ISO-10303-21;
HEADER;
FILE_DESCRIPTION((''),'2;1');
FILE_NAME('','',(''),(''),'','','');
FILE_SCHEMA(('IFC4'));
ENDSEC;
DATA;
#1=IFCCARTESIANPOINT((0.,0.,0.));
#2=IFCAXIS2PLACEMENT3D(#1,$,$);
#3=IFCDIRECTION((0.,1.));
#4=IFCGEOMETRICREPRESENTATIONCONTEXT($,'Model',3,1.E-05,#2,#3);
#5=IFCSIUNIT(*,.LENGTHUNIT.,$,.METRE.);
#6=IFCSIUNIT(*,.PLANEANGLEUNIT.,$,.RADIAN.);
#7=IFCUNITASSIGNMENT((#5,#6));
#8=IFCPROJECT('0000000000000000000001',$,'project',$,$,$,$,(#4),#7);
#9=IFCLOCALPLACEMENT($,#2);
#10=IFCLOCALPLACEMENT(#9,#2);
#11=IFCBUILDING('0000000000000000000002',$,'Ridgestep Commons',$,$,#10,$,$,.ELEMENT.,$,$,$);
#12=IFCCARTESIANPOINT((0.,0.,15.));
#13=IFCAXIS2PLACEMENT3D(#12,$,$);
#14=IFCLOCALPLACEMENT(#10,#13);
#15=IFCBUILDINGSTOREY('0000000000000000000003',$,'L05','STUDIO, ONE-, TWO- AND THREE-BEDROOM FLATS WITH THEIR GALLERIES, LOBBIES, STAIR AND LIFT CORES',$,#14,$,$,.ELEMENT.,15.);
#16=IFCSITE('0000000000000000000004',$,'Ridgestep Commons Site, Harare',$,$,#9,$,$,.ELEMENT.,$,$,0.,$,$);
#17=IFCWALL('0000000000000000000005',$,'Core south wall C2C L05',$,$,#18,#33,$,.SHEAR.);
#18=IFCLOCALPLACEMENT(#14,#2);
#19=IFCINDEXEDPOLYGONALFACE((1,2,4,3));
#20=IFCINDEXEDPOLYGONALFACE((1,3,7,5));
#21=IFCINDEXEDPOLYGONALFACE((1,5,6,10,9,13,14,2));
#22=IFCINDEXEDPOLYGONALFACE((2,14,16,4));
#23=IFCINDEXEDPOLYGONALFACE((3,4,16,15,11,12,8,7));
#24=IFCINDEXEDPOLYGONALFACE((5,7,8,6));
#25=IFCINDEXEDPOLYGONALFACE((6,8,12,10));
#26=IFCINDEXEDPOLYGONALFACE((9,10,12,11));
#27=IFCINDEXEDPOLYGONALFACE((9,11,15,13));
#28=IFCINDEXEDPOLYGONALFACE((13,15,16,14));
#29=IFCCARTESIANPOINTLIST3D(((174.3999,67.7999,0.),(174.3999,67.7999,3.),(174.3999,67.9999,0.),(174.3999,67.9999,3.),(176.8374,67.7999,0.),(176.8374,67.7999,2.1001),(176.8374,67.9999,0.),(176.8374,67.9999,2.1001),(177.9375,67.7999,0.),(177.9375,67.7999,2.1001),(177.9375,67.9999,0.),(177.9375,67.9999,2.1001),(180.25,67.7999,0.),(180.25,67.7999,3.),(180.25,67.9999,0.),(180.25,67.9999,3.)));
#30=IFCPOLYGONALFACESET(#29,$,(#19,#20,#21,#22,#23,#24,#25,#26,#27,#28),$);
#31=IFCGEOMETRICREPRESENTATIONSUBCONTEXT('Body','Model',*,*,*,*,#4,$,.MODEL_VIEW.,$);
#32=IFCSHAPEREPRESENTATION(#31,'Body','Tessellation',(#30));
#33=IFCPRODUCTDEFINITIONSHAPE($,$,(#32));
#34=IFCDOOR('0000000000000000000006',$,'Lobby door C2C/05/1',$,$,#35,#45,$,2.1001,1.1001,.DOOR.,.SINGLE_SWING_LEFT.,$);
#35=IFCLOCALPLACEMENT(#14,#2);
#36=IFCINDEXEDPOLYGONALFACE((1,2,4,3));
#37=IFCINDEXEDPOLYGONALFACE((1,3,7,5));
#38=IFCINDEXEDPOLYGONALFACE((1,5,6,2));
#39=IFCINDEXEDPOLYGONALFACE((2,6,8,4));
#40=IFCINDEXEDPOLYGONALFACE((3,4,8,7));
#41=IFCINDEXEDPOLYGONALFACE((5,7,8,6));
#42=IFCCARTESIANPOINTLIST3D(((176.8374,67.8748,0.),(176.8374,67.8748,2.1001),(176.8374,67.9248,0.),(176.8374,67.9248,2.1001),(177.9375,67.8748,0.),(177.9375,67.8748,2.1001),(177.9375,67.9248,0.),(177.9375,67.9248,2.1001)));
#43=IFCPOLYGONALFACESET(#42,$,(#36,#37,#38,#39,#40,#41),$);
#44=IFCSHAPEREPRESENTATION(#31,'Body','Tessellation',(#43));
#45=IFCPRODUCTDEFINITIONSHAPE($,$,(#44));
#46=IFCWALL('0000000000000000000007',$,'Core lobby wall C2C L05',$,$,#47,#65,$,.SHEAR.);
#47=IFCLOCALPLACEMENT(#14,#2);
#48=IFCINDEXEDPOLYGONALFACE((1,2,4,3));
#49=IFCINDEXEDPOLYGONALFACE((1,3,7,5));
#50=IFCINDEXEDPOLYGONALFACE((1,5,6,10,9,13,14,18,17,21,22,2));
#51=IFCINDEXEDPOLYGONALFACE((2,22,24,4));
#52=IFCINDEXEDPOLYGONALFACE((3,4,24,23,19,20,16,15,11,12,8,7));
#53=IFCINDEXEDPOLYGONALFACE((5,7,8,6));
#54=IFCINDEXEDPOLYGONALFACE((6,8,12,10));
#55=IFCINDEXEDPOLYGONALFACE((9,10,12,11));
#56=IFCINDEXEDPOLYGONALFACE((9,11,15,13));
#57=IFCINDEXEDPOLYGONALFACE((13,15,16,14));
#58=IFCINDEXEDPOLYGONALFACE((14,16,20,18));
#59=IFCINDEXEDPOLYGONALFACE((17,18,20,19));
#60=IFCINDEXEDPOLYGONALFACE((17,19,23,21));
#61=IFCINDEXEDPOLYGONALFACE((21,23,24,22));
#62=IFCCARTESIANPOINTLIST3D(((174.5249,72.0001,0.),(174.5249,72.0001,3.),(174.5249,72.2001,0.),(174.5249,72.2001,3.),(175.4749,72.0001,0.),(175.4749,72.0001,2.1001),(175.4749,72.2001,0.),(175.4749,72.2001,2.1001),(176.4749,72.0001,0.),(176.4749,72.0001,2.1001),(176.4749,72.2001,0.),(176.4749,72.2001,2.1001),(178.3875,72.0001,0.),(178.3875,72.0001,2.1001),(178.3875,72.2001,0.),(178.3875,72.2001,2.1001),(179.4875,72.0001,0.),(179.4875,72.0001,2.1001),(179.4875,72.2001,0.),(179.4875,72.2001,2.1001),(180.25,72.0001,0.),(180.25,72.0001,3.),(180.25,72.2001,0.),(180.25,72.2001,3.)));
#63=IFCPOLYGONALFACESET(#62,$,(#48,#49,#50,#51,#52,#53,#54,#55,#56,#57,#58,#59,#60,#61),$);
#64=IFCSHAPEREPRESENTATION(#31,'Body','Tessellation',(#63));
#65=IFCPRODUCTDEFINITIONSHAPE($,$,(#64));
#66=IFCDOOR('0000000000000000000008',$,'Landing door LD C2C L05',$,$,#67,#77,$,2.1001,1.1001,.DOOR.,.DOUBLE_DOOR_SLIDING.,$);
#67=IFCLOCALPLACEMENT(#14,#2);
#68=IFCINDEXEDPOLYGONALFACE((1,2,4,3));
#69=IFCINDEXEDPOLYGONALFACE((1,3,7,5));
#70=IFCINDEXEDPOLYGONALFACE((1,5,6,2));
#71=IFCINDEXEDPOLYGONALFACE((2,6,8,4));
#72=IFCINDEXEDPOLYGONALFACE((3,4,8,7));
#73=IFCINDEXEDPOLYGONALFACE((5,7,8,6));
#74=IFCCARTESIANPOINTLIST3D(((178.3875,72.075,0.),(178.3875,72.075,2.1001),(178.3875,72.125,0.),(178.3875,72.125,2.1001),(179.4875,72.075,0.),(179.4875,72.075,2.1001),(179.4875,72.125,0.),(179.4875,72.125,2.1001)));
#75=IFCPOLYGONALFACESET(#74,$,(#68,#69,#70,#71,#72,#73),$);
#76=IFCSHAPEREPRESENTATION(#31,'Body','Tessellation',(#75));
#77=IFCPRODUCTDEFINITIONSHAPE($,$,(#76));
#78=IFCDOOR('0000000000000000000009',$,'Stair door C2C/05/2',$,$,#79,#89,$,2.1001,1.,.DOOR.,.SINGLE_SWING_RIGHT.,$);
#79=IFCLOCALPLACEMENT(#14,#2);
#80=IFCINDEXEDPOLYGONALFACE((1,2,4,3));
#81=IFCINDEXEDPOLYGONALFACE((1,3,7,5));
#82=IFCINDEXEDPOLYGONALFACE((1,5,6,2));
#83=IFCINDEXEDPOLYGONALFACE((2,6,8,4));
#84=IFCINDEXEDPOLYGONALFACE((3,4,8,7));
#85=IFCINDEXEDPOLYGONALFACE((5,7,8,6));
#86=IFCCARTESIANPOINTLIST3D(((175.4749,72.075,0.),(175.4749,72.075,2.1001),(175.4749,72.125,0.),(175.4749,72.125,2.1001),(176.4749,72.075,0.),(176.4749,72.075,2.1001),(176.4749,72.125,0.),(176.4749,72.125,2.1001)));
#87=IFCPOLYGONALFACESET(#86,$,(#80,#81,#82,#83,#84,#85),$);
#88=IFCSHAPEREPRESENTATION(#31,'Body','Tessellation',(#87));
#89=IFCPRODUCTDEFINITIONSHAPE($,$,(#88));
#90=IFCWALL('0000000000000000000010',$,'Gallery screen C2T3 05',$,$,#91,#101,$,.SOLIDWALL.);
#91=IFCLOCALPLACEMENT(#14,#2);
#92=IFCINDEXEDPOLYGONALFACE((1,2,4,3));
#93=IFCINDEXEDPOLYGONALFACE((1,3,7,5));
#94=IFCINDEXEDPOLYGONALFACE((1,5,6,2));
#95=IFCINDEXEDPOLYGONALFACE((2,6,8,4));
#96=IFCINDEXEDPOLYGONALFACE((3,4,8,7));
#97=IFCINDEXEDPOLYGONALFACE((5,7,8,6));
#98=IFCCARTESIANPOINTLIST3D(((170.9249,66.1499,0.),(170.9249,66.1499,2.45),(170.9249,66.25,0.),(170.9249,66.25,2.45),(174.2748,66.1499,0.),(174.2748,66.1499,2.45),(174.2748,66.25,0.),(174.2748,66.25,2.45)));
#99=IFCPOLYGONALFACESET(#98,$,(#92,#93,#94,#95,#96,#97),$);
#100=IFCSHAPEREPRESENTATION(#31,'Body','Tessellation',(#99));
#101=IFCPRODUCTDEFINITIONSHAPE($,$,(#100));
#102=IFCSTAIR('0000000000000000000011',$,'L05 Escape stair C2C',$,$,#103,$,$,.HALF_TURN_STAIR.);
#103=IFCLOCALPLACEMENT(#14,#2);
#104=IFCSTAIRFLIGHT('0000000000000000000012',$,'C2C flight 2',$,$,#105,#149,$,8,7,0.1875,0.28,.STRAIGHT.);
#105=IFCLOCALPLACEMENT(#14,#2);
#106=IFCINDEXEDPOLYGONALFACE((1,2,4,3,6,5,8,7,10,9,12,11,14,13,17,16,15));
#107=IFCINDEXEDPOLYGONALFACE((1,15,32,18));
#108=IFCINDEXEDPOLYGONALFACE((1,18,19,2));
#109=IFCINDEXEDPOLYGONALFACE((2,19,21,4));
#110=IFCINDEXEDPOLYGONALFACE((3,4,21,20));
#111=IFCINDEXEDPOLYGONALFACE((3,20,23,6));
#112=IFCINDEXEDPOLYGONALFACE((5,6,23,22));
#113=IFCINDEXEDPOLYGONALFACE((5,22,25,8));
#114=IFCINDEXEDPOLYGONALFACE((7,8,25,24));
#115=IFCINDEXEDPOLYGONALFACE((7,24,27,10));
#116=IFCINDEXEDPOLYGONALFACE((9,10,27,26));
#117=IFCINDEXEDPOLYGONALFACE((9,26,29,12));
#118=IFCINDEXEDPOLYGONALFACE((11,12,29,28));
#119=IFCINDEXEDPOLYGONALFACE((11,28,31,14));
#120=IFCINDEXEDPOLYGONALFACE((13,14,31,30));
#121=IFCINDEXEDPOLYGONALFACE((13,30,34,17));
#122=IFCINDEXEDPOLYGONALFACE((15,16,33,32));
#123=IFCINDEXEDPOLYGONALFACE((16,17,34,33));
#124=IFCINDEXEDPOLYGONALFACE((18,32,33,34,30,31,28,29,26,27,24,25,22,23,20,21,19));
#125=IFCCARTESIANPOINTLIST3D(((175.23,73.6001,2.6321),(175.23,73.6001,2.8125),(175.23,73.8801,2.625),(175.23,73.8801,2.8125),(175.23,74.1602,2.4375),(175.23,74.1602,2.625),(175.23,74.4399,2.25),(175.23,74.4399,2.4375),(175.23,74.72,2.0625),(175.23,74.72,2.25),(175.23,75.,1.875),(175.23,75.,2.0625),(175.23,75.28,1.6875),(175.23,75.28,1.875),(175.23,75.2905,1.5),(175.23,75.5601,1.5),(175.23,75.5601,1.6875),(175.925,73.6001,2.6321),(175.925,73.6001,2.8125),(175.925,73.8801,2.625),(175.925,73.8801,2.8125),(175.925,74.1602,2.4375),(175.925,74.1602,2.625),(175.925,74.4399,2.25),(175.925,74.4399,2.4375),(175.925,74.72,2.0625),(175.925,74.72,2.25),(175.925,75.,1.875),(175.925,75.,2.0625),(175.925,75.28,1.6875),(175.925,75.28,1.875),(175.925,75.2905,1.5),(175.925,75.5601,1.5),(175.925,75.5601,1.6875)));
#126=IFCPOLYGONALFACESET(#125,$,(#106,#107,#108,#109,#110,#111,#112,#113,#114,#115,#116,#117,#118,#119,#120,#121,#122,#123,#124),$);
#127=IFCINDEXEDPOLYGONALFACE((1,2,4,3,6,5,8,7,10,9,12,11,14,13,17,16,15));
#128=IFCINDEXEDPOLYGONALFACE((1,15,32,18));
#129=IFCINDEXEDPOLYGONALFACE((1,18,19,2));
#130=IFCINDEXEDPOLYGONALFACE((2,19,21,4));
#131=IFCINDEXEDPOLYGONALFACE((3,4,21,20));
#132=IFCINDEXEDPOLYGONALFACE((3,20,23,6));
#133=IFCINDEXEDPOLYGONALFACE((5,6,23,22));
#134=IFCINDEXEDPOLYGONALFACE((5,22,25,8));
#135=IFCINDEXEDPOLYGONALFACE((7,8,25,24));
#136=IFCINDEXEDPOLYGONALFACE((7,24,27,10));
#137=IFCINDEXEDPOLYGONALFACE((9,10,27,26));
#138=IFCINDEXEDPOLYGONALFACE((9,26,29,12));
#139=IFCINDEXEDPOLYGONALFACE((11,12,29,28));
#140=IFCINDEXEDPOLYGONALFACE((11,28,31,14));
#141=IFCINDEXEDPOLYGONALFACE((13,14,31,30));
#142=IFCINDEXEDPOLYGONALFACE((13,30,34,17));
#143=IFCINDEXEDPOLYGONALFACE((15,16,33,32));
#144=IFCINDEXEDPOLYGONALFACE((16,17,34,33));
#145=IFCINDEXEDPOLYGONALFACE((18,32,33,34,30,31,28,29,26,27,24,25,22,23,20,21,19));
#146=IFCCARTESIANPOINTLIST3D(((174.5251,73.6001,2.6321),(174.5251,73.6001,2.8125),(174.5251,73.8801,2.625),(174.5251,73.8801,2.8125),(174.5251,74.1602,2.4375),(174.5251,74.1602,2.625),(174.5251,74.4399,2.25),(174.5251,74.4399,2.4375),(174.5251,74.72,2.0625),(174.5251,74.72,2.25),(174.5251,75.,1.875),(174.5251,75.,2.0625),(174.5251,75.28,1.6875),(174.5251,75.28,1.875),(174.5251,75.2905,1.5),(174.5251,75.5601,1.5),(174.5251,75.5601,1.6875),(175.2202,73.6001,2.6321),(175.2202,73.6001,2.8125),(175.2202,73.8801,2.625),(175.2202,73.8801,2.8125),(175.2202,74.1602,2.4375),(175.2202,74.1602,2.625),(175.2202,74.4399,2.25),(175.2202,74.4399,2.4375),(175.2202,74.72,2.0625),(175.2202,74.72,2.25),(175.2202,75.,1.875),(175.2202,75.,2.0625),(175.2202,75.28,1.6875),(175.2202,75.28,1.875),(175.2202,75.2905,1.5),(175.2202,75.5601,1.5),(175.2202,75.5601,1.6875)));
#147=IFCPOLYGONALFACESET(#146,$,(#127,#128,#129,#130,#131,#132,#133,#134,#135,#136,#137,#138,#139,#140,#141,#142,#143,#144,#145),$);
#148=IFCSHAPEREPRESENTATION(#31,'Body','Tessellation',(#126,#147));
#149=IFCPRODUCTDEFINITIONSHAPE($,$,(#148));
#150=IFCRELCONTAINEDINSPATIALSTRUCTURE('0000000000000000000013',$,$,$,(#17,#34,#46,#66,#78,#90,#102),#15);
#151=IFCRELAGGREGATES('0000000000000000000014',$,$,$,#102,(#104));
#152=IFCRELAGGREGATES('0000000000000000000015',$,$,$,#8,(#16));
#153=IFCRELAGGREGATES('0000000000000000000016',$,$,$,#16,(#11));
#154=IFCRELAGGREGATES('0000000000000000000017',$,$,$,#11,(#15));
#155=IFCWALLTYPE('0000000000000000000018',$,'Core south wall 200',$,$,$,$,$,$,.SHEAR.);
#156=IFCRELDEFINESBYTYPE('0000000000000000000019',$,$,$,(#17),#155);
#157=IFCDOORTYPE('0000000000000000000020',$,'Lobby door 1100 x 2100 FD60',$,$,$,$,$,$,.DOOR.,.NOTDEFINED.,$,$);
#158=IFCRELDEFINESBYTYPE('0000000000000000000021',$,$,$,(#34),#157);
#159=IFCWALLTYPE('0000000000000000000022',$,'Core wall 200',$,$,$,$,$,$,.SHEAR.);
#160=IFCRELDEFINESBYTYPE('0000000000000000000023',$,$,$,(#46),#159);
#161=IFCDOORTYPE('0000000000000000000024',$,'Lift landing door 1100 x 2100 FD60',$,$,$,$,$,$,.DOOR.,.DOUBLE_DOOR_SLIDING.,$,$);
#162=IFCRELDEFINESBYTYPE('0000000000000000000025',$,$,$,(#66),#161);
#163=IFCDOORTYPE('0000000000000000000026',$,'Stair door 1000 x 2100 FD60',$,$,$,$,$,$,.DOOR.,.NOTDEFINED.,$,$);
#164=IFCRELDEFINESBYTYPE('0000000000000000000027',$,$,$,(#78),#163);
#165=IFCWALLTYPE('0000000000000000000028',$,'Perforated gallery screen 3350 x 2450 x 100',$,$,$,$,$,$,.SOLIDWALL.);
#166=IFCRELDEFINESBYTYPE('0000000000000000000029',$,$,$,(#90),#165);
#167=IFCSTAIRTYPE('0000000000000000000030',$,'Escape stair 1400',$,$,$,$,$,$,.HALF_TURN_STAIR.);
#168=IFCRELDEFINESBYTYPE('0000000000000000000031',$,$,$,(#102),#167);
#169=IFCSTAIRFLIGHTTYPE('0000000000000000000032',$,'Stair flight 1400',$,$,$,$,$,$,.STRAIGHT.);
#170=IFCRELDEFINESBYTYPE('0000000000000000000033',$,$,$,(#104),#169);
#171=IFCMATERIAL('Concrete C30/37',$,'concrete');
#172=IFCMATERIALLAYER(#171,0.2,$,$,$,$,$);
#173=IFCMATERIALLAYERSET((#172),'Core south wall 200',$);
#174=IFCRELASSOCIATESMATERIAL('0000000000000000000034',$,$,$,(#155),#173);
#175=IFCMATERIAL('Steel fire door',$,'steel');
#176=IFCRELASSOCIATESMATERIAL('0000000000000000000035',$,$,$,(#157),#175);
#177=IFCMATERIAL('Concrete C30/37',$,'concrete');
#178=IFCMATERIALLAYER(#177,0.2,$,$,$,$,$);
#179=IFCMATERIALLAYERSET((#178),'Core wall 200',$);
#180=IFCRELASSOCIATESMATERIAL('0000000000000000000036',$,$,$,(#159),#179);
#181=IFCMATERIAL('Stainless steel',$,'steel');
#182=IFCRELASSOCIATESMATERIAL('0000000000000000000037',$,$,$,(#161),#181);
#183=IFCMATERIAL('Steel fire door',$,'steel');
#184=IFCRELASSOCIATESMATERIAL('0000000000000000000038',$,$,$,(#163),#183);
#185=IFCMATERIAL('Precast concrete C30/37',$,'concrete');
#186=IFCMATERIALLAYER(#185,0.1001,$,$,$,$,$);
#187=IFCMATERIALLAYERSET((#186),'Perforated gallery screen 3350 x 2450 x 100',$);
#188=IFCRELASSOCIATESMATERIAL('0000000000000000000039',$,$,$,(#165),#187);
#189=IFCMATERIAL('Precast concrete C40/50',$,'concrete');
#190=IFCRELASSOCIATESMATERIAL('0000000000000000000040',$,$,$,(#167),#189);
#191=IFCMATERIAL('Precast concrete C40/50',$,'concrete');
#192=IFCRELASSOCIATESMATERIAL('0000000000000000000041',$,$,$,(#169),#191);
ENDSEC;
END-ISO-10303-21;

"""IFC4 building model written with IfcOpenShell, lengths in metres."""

from ifc_helpers import new_model, si_unit, direction, frame, frame_2d, origin, place, context, subcontext, project, spatial, polyline, rectangle, outline, extrude, material, layer, layer_set, type_object, element, fill, aggregate, save


model = new_model("IFC4")

# Units and contexts
model_context = context("Model", 3, precision=1e-05, world=origin(), true_north=direction((0.0, 1.0)))
body_context = subcontext(model_context, "Body", "Model", "MODEL_VIEW")
ifc_project = project(units=[si_unit("LENGTHUNIT", "METRE"), si_unit("PLANEANGLEUNIT", "RADIAN")], contexts=[model_context])

# Site, building, storey
site_placement = place(None, origin())
site = spatial("IfcSite", under=ifc_project, at=site_placement, Name="Ridgestep Commons Site, Harare", CompositionType="ELEMENT", RefElevation=0.0)
building_placement = place(site_placement, origin())
building = spatial("IfcBuilding", under=site, at=building_placement, Name="Ridgestep Commons", CompositionType="ELEMENT")
storey_placement = place(building_placement, frame((0.0, 0.0, 15.0)))
storey = spatial("IfcBuildingStorey", under=building, at=storey_placement, Name="L05", Description="STUDIO, ONE-, TWO- AND THREE-BEDROOM FLATS WITH THEIR GALLERIES, LOBBIES, STAIR AND LIFT CORES", CompositionType="ELEMENT", Elevation=15.0)

# Wall, opening, door
ifc_material_1 = material(Name="Concrete C30/37", Category="concrete")
ifc_layer_1 = layer(ifc_material_1, 0.2)
ifc_layer_set_1 = layer_set([ifc_layer_1], Name="Core south wall 200")
wall_type_1 = type_object("IfcWallType", Name="Core south wall 200", PredefinedType="SHEAR", material=ifc_layer_set_1)
wall_1_placement = place(storey_placement, frame((174.3999, 67.8999, 0.0), z_axis=(0.0, 0.0, 1.0), x_axis=(1.0, 0.0, 0.0)))
wall_1 = element("IfcWall", 1, at=wall_1_placement, inside=storey, type_object=wall_type_1, Name="Core south wall C2C L05", PredefinedType="SHEAR", context=body_context, shape_type="SweptSolid", body=[
    extrude(rectangle(XDim=5.8501, YDim=0.2, at=frame_2d((2.925, 0.0))), origin(), (0.0, 0.0, 1.0), 3.0),
])
opening_1_placement = place(wall_1_placement, frame((2.4375, 0.0, 0.0)))
opening_1 = element("IfcOpeningElement", 2, at=opening_1_placement, cuts=wall_1, PredefinedType="OPENING", context=body_context, shape_type="SweptSolid", body=[
    extrude(rectangle(XDim=1.1001, YDim=2.1001, at=frame_2d((0.55, 1.05))), frame((0.0, 0.1099, 0.0), z_axis=(0.0, -1.0, 0.0), x_axis=(1.0, 0.0, 0.0)), (0.0, 0.0, 1.0), 0.22),
])
ifc_material_2 = material(Name="Steel fire door", Category="steel")
door_type_1 = type_object("IfcDoorType", Name="Lobby door 1100 x 2100 FD60", OperationType="NOTDEFINED", PredefinedType="DOOR", material=ifc_material_2)
door_1_placement = place(opening_1_placement, origin())
door_1 = element("IfcDoor", 3, at=door_1_placement, inside=storey, type_object=door_type_1, Name="Lobby door C2C/05/1", OperationType="SINGLE_SWING_LEFT", OverallHeight=2.1001, OverallWidth=1.1001, PredefinedType="DOOR", context=body_context, shape_type="SweptSolid", body=[
    extrude(rectangle(XDim=1.1001, YDim=2.1001, at=frame_2d((0.55, 1.05))), frame((0.0, 0.0249, 0.0), z_axis=(0.0, -1.0, 0.0), x_axis=(1.0, 0.0, 0.0)), (0.0, 0.0, 1.0), 0.05),
])
fill(opening_1, door_1)

# Wall, openings, doors
ifc_material_3 = material(Name="Concrete C30/37", Category="concrete")
ifc_layer_2 = layer(ifc_material_3, 0.2)
ifc_layer_set_2 = layer_set([ifc_layer_2], Name="Core wall 200")
wall_type_2 = type_object("IfcWallType", Name="Core wall 200", PredefinedType="SHEAR", material=ifc_layer_set_2)
wall_2_placement = place(storey_placement, frame((174.5249, 72.1001, 0.0), z_axis=(0.0, 0.0, 1.0), x_axis=(1.0, 0.0, 0.0)))
wall_2 = element("IfcWall", 4, at=wall_2_placement, inside=storey, type_object=wall_type_2, Name="Core lobby wall C2C L05", PredefinedType="SHEAR", context=body_context, shape_type="SweptSolid", body=[
    extrude(rectangle(XDim=5.7251, YDim=0.2, at=frame_2d((2.8625, 0.0))), origin(), (0.0, 0.0, 1.0), 3.0),
])
opening_2_placement = place(wall_2_placement, frame((0.95, 0.0, 0.0)))
opening_2 = element("IfcOpeningElement", 5, at=opening_2_placement, cuts=wall_2, PredefinedType="OPENING", context=body_context, shape_type="SweptSolid", body=[
    extrude(rectangle(XDim=1.0, YDim=2.1001, at=frame_2d((0.5, 1.05))), frame((0.0, 0.1099, 0.0), z_axis=(0.0, -1.0, 0.0), x_axis=(1.0, 0.0, 0.0)), (0.0, 0.0, 1.0), 0.22),
])
opening_3_placement = place(wall_2_placement, frame((3.8625, 0.0, 0.0)))
opening_3 = element("IfcOpeningElement", 6, at=opening_3_placement, cuts=wall_2, PredefinedType="OPENING", context=body_context, shape_type="SweptSolid", body=[
    extrude(rectangle(XDim=1.1001, YDim=2.1001, at=frame_2d((0.55, 1.05))), frame((0.0, 0.1099, 0.0), z_axis=(0.0, -1.0, 0.0), x_axis=(1.0, 0.0, 0.0)), (0.0, 0.0, 1.0), 0.22),
])
ifc_material_4 = material(Name="Stainless steel", Category="steel")
door_type_2 = type_object("IfcDoorType", Name="Lift landing door 1100 x 2100 FD60", OperationType="DOUBLE_DOOR_SLIDING", PredefinedType="DOOR", material=ifc_material_4)
door_2_placement = place(opening_3_placement, origin())
door_2 = element("IfcDoor", 7, at=door_2_placement, inside=storey, type_object=door_type_2, Name="Landing door LD C2C L05", OperationType="DOUBLE_DOOR_SLIDING", OverallHeight=2.1001, OverallWidth=1.1001, PredefinedType="DOOR", context=body_context, shape_type="SweptSolid", body=[
    extrude(rectangle(XDim=1.1001, YDim=2.1001, at=frame_2d((0.55, 1.05))), frame((0.0, 0.0249, 0.0), z_axis=(0.0, -1.0, 0.0), x_axis=(1.0, 0.0, 0.0)), (0.0, 0.0, 1.0), 0.05),
])
fill(opening_3, door_2)
ifc_material_5 = material(Name="Steel fire door", Category="steel")
door_type_3 = type_object("IfcDoorType", Name="Stair door 1000 x 2100 FD60", OperationType="NOTDEFINED", PredefinedType="DOOR", material=ifc_material_5)
door_3_placement = place(opening_2_placement, origin())
door_3 = element("IfcDoor", 8, at=door_3_placement, inside=storey, type_object=door_type_3, Name="Stair door C2C/05/2", OperationType="SINGLE_SWING_RIGHT", OverallHeight=2.1001, OverallWidth=1.0, PredefinedType="DOOR", context=body_context, shape_type="SweptSolid", body=[
    extrude(rectangle(XDim=1.0, YDim=2.1001, at=frame_2d((0.5, 1.05))), frame((0.0, 0.0249, 0.0), z_axis=(0.0, -1.0, 0.0), x_axis=(1.0, 0.0, 0.0)), (0.0, 0.0, 1.0), 0.05),
])
fill(opening_2, door_3)

# Wall
ifc_material_6 = material(Name="Precast concrete C30/37", Category="concrete")
ifc_layer_3 = layer(ifc_material_6, 0.1001)
ifc_layer_set_3 = layer_set([ifc_layer_3], Name="Perforated gallery screen 3350 x 2450 x 100")
wall_type_3 = type_object("IfcWallType", Name="Perforated gallery screen 3350 x 2450 x 100", PredefinedType="SOLIDWALL", material=ifc_layer_set_3)
wall_3_placement = place(storey_placement, frame((170.925, 66.2, 0.0), z_axis=(0.0, 0.0, 1.0), x_axis=(1.0, 0.0, 0.0)))
element("IfcWall", 9, at=wall_3_placement, inside=storey, type_object=wall_type_3, Name="Gallery screen C2T3 05", PredefinedType="SOLIDWALL", context=body_context, shape_type="SweptSolid", body=[
    extrude(rectangle(XDim=3.3499, YDim=0.1001, at=frame_2d((1.6748, 0.0))), origin(), (0.0, 0.0, 1.0), 2.45),
])

# Stair, stair flight
ifc_material_7 = material(Name="Precast concrete C40/50", Category="concrete")
stair_type = type_object("IfcStairType", Name="Escape stair 1400", PredefinedType="HALF_TURN_STAIR", material=ifc_material_7)
stair_placement = place(storey_placement, origin())
stair = element("IfcStair", 10, at=stair_placement, inside=storey, type_object=stair_type, Name="L05 Escape stair C2C", PredefinedType="HALF_TURN_STAIR")
ifc_material_8 = material(Name="Precast concrete C40/50", Category="concrete")
stair_flight_type = type_object("IfcStairFlightType", Name="Stair flight 1400", PredefinedType="STRAIGHT", material=ifc_material_8)
stair_flight_placement = place(storey_placement, frame((175.2251, 75.5601, 1.5), z_axis=(0.0, 0.0, 1.0), x_axis=(0.0, -1.0, 0.0)))
stair_flight = element("IfcStairFlight", 11, at=stair_flight_placement, type_object=stair_flight_type, Name="C2C flight 2", NumberOfRisers=8, NumberOfTreads=7, PredefinedType="STRAIGHT", RiserHeight=0.1875, TreadLength=0.28, context=body_context, shape_type="SweptSolid", body=[
    extrude(outline(polyline([(0.0, 0.0), (0.0, 0.1875), (0.28, 0.1875), (0.28, 0.375), (0.5601, 0.375), (0.5601, 0.5625), (0.8401, 0.5625), (0.8401, 0.75), (1.1201, 0.75), (1.1201, 0.9375), (1.3999, 0.9375), (1.3999, 1.125), (1.6799, 1.125), (1.6799, 1.3125), (1.96, 1.3125), (1.96, 1.5), (1.96, 1.1321), (0.2695, 0.0), (0.0, 0.0)])), frame((0.0, 0.7, 0.0), z_axis=(0.0, -1.0, 0.0), x_axis=(1.0, 0.0, 0.0)), (0.0, 0.0, 1.0), 0.6951),
    extrude(outline(polyline([(0.0, 0.0), (0.0, 0.1875), (0.28, 0.1875), (0.28, 0.375), (0.5601, 0.375), (0.5601, 0.5625), (0.8401, 0.5625), (0.8401, 0.75), (1.1201, 0.75), (1.1201, 0.9375), (1.3999, 0.9375), (1.3999, 1.125), (1.6799, 1.125), (1.6799, 1.3125), (1.96, 1.3125), (1.96, 1.5), (1.96, 1.1321), (0.2695, 0.0), (0.0, 0.0)])), frame((0.0, -0.0049, 0.0), z_axis=(0.0, -1.0, 0.0), x_axis=(1.0, 0.0, 0.0)), (0.0, 0.0, 1.0), 0.6951),
])
aggregate(stair, [stair_flight])

save(model, "model.ifc")
